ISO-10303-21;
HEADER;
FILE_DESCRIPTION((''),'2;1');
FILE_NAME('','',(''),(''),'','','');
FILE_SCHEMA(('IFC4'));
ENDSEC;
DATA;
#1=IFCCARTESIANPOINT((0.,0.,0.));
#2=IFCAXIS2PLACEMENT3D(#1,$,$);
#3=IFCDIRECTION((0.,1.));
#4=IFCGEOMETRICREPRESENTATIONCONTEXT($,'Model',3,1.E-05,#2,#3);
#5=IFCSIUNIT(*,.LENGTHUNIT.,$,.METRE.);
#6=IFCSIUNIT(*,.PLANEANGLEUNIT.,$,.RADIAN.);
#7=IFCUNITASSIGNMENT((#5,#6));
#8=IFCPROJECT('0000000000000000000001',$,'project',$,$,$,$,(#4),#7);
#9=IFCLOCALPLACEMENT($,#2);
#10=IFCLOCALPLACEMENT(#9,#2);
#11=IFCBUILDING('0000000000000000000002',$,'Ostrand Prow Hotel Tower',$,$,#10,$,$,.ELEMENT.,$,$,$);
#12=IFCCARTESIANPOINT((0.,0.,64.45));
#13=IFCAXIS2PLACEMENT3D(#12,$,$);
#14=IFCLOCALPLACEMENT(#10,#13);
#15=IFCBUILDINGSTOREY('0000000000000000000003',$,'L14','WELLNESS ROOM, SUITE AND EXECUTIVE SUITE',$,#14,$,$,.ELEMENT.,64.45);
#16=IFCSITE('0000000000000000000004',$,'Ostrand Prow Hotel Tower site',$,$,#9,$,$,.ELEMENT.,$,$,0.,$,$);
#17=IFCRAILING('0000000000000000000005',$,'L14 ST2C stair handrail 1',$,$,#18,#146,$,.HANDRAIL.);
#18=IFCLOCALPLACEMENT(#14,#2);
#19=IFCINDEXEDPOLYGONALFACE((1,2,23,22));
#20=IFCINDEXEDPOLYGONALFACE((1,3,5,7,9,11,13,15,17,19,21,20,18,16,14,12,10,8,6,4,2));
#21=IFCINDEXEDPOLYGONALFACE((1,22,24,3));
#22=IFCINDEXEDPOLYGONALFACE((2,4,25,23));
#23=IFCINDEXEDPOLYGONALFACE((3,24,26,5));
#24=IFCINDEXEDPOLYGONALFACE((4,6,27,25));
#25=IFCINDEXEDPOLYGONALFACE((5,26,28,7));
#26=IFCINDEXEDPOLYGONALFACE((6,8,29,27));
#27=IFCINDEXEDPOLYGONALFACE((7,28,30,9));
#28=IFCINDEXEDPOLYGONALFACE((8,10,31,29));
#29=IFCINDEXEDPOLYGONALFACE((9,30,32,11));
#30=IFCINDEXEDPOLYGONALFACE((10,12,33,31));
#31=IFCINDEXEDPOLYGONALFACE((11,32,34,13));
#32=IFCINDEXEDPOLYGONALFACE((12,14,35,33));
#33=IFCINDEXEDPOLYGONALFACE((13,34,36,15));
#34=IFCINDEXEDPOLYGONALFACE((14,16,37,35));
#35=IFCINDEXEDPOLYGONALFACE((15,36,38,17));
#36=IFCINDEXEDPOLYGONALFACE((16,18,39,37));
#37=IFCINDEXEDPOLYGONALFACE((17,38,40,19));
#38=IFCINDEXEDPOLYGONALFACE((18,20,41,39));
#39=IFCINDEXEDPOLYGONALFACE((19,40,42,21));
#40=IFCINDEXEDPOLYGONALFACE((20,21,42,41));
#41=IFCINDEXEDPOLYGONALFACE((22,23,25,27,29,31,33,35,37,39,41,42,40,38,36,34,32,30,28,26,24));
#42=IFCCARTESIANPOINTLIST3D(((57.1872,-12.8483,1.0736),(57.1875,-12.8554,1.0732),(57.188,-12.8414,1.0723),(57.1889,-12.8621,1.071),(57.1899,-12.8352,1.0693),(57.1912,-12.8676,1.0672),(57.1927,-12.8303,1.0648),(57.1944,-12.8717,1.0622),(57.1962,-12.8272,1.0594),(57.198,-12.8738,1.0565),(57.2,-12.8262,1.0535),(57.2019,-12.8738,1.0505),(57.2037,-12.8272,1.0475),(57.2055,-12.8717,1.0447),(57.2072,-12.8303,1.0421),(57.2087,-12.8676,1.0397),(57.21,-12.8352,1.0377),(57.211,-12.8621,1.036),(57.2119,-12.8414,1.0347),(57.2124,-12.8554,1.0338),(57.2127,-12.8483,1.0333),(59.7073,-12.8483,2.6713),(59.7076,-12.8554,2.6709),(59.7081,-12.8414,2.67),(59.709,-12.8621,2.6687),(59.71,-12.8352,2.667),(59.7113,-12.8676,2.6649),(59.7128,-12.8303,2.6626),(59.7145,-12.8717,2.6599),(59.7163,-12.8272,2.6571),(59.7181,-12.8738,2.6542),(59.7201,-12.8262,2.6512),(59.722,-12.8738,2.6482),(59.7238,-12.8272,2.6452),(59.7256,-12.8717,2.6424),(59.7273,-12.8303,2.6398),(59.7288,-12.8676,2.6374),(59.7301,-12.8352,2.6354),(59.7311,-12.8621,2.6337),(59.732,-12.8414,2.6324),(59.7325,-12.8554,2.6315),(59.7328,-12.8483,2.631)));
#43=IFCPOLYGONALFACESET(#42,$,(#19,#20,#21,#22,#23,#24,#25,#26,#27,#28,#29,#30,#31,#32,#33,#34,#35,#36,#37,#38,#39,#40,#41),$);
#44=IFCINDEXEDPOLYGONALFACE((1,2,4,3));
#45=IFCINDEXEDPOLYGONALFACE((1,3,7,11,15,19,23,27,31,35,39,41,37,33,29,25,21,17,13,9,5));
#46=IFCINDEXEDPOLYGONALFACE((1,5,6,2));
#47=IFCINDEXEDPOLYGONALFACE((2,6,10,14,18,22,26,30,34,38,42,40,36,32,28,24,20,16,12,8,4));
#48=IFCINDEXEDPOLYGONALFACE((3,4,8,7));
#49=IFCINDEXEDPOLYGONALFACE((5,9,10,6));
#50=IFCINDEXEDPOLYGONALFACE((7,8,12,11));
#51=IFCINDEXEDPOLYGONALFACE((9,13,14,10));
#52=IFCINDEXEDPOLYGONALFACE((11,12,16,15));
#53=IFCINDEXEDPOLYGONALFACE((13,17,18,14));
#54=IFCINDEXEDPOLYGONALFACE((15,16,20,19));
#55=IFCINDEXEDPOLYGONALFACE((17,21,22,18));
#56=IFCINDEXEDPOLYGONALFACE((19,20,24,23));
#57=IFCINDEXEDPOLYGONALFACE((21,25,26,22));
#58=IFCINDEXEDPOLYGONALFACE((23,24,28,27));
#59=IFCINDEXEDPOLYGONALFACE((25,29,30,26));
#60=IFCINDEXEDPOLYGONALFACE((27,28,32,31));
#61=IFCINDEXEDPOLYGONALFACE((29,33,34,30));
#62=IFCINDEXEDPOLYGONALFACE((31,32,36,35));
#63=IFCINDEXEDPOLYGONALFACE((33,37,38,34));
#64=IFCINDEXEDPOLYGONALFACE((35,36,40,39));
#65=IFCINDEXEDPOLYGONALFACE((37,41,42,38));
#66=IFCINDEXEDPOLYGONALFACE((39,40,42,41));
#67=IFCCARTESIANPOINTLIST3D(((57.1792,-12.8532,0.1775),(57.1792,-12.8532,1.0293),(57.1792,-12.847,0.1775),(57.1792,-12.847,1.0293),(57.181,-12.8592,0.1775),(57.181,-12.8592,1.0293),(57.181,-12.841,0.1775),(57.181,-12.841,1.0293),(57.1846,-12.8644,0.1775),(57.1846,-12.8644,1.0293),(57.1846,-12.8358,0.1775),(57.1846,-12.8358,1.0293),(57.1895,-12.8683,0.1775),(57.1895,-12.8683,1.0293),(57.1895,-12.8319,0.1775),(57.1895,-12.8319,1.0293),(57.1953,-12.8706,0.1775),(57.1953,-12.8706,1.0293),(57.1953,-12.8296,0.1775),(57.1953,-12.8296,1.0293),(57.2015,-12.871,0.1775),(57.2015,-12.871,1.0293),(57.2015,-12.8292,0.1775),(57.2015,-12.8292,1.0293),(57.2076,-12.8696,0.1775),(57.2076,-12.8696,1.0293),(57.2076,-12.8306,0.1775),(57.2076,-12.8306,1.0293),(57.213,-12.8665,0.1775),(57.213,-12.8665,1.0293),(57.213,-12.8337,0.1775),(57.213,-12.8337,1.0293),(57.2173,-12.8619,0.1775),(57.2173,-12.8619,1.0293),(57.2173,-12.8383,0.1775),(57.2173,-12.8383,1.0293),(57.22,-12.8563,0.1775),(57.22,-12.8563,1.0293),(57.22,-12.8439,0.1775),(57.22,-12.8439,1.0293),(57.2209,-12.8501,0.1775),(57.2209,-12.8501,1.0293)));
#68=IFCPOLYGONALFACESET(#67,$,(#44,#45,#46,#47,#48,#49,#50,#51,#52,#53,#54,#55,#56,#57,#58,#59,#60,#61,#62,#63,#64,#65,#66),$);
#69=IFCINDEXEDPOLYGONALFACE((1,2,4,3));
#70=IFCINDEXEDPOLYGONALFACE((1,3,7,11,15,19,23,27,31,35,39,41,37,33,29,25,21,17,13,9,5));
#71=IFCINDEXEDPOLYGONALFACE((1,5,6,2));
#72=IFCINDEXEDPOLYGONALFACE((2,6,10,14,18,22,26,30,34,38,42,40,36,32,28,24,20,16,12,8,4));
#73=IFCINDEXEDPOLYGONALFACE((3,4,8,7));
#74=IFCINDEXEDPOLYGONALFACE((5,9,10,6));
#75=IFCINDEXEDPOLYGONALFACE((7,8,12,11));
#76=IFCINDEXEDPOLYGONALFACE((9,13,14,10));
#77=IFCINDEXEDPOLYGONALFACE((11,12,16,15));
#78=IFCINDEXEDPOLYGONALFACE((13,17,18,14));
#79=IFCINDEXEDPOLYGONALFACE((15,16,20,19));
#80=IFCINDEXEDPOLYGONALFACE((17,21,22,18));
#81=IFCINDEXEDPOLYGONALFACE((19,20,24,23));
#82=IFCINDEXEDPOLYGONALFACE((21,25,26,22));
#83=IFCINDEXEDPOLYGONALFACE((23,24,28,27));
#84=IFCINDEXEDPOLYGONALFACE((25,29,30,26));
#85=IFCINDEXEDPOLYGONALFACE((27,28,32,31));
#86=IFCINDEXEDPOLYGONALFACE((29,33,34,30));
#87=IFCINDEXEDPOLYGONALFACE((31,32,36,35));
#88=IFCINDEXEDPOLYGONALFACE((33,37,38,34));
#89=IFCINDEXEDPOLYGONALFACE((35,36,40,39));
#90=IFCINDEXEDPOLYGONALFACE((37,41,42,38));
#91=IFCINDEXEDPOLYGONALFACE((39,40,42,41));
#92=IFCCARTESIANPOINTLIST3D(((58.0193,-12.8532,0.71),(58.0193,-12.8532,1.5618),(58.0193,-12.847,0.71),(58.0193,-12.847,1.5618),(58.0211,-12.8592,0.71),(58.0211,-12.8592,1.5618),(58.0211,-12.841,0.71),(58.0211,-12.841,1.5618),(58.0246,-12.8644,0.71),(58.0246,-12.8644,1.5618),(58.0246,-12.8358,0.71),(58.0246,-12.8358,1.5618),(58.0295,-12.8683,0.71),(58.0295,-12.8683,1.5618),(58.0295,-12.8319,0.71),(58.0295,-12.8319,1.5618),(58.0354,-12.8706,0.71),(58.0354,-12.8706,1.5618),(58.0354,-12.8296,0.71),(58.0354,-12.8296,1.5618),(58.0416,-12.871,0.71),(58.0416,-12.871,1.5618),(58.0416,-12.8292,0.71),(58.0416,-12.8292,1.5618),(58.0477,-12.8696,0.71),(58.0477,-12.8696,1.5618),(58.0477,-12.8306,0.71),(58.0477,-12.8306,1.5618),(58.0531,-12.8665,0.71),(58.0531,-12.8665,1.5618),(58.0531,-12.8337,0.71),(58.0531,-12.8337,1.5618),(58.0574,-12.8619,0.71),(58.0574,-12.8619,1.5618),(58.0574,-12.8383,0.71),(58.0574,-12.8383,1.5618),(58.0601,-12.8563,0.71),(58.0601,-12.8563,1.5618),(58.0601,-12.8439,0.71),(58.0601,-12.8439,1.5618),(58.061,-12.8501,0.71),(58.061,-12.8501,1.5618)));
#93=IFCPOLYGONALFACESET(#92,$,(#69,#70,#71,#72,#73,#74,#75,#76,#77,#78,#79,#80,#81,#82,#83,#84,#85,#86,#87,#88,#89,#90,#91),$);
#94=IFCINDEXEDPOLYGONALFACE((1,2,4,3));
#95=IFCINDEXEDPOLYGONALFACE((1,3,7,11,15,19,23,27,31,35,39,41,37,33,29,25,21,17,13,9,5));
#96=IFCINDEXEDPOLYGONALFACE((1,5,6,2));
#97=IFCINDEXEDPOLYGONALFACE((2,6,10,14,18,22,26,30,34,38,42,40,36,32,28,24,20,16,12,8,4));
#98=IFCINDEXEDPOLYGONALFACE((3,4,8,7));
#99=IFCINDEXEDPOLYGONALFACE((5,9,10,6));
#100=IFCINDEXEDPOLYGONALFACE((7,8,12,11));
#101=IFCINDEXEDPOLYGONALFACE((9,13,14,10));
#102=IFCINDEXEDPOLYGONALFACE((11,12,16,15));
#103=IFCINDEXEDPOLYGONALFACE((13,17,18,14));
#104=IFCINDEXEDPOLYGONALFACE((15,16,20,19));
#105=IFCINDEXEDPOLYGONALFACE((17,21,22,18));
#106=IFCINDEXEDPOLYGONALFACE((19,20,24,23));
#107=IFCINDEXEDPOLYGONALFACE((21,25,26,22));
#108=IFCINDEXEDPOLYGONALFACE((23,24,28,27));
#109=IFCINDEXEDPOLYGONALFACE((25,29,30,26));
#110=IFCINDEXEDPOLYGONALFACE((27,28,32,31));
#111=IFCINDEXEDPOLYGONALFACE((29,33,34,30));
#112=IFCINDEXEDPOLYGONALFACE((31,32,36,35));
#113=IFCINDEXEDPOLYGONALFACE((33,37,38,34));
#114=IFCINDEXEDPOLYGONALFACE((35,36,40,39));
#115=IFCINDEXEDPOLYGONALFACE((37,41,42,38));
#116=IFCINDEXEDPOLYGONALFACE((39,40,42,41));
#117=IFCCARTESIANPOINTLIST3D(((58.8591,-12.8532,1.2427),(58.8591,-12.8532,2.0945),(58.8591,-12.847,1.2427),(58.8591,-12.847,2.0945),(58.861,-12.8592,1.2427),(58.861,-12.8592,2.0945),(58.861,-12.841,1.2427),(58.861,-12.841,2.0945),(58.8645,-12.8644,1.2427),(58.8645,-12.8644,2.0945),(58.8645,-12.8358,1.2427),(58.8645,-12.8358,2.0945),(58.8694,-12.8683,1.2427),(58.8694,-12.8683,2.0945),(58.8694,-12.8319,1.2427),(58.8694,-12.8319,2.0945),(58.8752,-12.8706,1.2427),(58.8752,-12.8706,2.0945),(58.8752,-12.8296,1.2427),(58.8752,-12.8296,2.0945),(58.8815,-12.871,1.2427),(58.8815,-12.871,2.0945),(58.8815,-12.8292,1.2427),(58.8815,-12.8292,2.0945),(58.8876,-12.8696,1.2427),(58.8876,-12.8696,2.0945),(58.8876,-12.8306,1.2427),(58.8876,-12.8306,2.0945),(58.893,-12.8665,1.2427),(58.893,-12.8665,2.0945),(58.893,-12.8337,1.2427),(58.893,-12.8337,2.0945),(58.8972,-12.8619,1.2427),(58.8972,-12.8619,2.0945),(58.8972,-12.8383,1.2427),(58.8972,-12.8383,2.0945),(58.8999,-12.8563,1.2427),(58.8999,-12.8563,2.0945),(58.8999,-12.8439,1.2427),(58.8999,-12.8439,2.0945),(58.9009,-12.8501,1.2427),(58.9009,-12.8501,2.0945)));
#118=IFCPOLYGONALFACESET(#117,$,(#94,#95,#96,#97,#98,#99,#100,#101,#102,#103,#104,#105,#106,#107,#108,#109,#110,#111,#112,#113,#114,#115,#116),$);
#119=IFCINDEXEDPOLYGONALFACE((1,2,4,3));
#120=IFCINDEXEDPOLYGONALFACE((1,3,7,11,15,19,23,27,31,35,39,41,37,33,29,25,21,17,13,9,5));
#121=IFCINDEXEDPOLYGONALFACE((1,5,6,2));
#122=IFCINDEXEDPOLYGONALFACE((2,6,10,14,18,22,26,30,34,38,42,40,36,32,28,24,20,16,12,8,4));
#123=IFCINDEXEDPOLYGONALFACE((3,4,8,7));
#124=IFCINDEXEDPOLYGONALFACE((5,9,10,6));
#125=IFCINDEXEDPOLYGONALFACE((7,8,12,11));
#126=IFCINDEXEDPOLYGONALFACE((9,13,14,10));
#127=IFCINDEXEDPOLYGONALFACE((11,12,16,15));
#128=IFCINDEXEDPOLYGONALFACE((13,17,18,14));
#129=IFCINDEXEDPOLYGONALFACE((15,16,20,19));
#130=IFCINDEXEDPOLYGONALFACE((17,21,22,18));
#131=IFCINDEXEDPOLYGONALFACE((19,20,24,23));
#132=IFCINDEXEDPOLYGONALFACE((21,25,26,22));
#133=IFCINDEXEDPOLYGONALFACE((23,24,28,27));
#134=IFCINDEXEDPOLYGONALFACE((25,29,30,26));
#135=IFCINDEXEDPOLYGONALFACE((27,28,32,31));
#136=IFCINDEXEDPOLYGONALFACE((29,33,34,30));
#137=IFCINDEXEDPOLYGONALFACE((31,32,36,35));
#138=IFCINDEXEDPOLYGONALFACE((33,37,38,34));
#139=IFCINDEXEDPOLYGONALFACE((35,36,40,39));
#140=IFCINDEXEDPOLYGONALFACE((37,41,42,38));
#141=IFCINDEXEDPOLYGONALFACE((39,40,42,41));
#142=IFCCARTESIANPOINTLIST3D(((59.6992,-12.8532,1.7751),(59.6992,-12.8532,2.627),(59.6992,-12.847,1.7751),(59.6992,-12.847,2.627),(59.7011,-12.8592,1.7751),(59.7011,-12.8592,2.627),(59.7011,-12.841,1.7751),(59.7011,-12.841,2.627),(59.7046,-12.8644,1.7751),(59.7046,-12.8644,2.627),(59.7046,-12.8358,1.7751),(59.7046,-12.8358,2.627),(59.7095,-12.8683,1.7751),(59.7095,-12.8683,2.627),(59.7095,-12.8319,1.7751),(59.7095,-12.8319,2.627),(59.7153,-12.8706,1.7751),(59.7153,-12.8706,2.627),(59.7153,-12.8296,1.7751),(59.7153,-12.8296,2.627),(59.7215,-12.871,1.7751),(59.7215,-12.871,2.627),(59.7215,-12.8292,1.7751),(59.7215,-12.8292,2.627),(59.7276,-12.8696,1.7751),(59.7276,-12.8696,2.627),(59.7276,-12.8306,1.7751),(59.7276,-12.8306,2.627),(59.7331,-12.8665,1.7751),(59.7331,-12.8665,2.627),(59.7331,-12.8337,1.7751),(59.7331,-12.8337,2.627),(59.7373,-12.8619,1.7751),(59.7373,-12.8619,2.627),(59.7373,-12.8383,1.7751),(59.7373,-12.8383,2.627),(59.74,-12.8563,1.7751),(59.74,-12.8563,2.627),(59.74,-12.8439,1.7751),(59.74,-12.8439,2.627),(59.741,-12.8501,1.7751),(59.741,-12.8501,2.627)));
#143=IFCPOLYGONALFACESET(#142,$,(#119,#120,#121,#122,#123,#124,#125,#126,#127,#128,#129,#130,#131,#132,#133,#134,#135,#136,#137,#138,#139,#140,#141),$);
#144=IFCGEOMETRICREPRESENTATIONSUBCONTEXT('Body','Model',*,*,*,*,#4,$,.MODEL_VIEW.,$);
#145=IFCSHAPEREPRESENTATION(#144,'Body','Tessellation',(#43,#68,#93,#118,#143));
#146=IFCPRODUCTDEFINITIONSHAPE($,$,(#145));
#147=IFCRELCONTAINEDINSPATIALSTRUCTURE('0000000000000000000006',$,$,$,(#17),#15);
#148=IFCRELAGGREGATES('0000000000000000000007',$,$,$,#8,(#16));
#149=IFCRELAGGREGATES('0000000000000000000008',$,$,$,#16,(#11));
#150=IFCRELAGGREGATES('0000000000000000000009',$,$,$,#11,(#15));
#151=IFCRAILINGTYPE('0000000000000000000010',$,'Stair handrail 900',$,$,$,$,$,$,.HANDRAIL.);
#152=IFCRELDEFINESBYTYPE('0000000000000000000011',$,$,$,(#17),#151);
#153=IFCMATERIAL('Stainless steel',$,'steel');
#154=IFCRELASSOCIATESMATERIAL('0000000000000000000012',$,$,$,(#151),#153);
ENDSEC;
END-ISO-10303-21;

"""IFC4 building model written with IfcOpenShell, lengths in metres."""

from ifc_helpers import new_model, si_unit, direction, frame, origin, origin_2d, place, context, subcontext, project, spatial, circle, extrude, material, type_object, element, save


model = new_model("IFC4")

# Units and contexts
model_context = context("Model", 3, precision=1e-05, world=origin(), true_north=direction((0.0, 1.0)))
body_context = subcontext(model_context, "Body", "Model", "MODEL_VIEW")
ifc_project = project(units=[si_unit("LENGTHUNIT", "METRE"), si_unit("PLANEANGLEUNIT", "RADIAN")], contexts=[model_context])

# Site, building, storey
site_placement = place(None, origin())
site = spatial("IfcSite", under=ifc_project, at=site_placement, Name="Ostrand Prow Hotel Tower site", CompositionType="ELEMENT", RefElevation=0.0)
building_placement = place(site_placement, origin())
building = spatial("IfcBuilding", under=site, at=building_placement, Name="Ostrand Prow Hotel Tower", CompositionType="ELEMENT")
storey_placement = place(building_placement, frame((0.0, 0.0, 64.45)))
storey = spatial("IfcBuildingStorey", under=building, at=storey_placement, Name="L14", Description="WELLNESS ROOM, SUITE AND EXECUTIVE SUITE", CompositionType="ELEMENT", Elevation=64.45)

# Railing
ifc_material_1 = material(Name="Stainless steel", Category="steel")
railing_type_1 = type_object("IfcRailingType", Name="Stair handrail 900", PredefinedType="HANDRAIL", material=ifc_material_1)
railing_1_placement = place(storey_placement, frame((57.2, -12.8501, 0.1775)))
element("IfcRailing", 1, at=railing_1_placement, inside=storey, type_object=railing_type_1, Name="L14 ST2C stair handrail 1", PredefinedType="HANDRAIL", context=body_context, shape_type="SweptSolid", body=[
    extrude(circle(Radius=0.0239, at=origin_2d()), frame((0.0, 0.0, 0.876), z_axis=(0.84457, 0.0, 0.535445), x_axis=(0.0, 1.0, 0.0)), (0.0, 0.0, 1.0), 2.9839),
    extrude(circle(Radius=0.021, at=origin_2d()), origin(), (0.0, 0.0, 1.0), 0.8518),
    extrude(circle(Radius=0.021, at=origin_2d()), frame((0.8401, 0.0, 0.5325)), (0.0, 0.0, 1.0), 0.8518),
    extrude(circle(Radius=0.021, at=origin_2d()), frame((1.6799, 0.0, 1.0652)), (0.0, 0.0, 1.0), 0.8518),
    extrude(circle(Radius=0.021, at=origin_2d()), frame((2.52, 0.0, 1.5977)), (0.0, 0.0, 1.0), 0.8518),
])

save(model, "model.ifc")
